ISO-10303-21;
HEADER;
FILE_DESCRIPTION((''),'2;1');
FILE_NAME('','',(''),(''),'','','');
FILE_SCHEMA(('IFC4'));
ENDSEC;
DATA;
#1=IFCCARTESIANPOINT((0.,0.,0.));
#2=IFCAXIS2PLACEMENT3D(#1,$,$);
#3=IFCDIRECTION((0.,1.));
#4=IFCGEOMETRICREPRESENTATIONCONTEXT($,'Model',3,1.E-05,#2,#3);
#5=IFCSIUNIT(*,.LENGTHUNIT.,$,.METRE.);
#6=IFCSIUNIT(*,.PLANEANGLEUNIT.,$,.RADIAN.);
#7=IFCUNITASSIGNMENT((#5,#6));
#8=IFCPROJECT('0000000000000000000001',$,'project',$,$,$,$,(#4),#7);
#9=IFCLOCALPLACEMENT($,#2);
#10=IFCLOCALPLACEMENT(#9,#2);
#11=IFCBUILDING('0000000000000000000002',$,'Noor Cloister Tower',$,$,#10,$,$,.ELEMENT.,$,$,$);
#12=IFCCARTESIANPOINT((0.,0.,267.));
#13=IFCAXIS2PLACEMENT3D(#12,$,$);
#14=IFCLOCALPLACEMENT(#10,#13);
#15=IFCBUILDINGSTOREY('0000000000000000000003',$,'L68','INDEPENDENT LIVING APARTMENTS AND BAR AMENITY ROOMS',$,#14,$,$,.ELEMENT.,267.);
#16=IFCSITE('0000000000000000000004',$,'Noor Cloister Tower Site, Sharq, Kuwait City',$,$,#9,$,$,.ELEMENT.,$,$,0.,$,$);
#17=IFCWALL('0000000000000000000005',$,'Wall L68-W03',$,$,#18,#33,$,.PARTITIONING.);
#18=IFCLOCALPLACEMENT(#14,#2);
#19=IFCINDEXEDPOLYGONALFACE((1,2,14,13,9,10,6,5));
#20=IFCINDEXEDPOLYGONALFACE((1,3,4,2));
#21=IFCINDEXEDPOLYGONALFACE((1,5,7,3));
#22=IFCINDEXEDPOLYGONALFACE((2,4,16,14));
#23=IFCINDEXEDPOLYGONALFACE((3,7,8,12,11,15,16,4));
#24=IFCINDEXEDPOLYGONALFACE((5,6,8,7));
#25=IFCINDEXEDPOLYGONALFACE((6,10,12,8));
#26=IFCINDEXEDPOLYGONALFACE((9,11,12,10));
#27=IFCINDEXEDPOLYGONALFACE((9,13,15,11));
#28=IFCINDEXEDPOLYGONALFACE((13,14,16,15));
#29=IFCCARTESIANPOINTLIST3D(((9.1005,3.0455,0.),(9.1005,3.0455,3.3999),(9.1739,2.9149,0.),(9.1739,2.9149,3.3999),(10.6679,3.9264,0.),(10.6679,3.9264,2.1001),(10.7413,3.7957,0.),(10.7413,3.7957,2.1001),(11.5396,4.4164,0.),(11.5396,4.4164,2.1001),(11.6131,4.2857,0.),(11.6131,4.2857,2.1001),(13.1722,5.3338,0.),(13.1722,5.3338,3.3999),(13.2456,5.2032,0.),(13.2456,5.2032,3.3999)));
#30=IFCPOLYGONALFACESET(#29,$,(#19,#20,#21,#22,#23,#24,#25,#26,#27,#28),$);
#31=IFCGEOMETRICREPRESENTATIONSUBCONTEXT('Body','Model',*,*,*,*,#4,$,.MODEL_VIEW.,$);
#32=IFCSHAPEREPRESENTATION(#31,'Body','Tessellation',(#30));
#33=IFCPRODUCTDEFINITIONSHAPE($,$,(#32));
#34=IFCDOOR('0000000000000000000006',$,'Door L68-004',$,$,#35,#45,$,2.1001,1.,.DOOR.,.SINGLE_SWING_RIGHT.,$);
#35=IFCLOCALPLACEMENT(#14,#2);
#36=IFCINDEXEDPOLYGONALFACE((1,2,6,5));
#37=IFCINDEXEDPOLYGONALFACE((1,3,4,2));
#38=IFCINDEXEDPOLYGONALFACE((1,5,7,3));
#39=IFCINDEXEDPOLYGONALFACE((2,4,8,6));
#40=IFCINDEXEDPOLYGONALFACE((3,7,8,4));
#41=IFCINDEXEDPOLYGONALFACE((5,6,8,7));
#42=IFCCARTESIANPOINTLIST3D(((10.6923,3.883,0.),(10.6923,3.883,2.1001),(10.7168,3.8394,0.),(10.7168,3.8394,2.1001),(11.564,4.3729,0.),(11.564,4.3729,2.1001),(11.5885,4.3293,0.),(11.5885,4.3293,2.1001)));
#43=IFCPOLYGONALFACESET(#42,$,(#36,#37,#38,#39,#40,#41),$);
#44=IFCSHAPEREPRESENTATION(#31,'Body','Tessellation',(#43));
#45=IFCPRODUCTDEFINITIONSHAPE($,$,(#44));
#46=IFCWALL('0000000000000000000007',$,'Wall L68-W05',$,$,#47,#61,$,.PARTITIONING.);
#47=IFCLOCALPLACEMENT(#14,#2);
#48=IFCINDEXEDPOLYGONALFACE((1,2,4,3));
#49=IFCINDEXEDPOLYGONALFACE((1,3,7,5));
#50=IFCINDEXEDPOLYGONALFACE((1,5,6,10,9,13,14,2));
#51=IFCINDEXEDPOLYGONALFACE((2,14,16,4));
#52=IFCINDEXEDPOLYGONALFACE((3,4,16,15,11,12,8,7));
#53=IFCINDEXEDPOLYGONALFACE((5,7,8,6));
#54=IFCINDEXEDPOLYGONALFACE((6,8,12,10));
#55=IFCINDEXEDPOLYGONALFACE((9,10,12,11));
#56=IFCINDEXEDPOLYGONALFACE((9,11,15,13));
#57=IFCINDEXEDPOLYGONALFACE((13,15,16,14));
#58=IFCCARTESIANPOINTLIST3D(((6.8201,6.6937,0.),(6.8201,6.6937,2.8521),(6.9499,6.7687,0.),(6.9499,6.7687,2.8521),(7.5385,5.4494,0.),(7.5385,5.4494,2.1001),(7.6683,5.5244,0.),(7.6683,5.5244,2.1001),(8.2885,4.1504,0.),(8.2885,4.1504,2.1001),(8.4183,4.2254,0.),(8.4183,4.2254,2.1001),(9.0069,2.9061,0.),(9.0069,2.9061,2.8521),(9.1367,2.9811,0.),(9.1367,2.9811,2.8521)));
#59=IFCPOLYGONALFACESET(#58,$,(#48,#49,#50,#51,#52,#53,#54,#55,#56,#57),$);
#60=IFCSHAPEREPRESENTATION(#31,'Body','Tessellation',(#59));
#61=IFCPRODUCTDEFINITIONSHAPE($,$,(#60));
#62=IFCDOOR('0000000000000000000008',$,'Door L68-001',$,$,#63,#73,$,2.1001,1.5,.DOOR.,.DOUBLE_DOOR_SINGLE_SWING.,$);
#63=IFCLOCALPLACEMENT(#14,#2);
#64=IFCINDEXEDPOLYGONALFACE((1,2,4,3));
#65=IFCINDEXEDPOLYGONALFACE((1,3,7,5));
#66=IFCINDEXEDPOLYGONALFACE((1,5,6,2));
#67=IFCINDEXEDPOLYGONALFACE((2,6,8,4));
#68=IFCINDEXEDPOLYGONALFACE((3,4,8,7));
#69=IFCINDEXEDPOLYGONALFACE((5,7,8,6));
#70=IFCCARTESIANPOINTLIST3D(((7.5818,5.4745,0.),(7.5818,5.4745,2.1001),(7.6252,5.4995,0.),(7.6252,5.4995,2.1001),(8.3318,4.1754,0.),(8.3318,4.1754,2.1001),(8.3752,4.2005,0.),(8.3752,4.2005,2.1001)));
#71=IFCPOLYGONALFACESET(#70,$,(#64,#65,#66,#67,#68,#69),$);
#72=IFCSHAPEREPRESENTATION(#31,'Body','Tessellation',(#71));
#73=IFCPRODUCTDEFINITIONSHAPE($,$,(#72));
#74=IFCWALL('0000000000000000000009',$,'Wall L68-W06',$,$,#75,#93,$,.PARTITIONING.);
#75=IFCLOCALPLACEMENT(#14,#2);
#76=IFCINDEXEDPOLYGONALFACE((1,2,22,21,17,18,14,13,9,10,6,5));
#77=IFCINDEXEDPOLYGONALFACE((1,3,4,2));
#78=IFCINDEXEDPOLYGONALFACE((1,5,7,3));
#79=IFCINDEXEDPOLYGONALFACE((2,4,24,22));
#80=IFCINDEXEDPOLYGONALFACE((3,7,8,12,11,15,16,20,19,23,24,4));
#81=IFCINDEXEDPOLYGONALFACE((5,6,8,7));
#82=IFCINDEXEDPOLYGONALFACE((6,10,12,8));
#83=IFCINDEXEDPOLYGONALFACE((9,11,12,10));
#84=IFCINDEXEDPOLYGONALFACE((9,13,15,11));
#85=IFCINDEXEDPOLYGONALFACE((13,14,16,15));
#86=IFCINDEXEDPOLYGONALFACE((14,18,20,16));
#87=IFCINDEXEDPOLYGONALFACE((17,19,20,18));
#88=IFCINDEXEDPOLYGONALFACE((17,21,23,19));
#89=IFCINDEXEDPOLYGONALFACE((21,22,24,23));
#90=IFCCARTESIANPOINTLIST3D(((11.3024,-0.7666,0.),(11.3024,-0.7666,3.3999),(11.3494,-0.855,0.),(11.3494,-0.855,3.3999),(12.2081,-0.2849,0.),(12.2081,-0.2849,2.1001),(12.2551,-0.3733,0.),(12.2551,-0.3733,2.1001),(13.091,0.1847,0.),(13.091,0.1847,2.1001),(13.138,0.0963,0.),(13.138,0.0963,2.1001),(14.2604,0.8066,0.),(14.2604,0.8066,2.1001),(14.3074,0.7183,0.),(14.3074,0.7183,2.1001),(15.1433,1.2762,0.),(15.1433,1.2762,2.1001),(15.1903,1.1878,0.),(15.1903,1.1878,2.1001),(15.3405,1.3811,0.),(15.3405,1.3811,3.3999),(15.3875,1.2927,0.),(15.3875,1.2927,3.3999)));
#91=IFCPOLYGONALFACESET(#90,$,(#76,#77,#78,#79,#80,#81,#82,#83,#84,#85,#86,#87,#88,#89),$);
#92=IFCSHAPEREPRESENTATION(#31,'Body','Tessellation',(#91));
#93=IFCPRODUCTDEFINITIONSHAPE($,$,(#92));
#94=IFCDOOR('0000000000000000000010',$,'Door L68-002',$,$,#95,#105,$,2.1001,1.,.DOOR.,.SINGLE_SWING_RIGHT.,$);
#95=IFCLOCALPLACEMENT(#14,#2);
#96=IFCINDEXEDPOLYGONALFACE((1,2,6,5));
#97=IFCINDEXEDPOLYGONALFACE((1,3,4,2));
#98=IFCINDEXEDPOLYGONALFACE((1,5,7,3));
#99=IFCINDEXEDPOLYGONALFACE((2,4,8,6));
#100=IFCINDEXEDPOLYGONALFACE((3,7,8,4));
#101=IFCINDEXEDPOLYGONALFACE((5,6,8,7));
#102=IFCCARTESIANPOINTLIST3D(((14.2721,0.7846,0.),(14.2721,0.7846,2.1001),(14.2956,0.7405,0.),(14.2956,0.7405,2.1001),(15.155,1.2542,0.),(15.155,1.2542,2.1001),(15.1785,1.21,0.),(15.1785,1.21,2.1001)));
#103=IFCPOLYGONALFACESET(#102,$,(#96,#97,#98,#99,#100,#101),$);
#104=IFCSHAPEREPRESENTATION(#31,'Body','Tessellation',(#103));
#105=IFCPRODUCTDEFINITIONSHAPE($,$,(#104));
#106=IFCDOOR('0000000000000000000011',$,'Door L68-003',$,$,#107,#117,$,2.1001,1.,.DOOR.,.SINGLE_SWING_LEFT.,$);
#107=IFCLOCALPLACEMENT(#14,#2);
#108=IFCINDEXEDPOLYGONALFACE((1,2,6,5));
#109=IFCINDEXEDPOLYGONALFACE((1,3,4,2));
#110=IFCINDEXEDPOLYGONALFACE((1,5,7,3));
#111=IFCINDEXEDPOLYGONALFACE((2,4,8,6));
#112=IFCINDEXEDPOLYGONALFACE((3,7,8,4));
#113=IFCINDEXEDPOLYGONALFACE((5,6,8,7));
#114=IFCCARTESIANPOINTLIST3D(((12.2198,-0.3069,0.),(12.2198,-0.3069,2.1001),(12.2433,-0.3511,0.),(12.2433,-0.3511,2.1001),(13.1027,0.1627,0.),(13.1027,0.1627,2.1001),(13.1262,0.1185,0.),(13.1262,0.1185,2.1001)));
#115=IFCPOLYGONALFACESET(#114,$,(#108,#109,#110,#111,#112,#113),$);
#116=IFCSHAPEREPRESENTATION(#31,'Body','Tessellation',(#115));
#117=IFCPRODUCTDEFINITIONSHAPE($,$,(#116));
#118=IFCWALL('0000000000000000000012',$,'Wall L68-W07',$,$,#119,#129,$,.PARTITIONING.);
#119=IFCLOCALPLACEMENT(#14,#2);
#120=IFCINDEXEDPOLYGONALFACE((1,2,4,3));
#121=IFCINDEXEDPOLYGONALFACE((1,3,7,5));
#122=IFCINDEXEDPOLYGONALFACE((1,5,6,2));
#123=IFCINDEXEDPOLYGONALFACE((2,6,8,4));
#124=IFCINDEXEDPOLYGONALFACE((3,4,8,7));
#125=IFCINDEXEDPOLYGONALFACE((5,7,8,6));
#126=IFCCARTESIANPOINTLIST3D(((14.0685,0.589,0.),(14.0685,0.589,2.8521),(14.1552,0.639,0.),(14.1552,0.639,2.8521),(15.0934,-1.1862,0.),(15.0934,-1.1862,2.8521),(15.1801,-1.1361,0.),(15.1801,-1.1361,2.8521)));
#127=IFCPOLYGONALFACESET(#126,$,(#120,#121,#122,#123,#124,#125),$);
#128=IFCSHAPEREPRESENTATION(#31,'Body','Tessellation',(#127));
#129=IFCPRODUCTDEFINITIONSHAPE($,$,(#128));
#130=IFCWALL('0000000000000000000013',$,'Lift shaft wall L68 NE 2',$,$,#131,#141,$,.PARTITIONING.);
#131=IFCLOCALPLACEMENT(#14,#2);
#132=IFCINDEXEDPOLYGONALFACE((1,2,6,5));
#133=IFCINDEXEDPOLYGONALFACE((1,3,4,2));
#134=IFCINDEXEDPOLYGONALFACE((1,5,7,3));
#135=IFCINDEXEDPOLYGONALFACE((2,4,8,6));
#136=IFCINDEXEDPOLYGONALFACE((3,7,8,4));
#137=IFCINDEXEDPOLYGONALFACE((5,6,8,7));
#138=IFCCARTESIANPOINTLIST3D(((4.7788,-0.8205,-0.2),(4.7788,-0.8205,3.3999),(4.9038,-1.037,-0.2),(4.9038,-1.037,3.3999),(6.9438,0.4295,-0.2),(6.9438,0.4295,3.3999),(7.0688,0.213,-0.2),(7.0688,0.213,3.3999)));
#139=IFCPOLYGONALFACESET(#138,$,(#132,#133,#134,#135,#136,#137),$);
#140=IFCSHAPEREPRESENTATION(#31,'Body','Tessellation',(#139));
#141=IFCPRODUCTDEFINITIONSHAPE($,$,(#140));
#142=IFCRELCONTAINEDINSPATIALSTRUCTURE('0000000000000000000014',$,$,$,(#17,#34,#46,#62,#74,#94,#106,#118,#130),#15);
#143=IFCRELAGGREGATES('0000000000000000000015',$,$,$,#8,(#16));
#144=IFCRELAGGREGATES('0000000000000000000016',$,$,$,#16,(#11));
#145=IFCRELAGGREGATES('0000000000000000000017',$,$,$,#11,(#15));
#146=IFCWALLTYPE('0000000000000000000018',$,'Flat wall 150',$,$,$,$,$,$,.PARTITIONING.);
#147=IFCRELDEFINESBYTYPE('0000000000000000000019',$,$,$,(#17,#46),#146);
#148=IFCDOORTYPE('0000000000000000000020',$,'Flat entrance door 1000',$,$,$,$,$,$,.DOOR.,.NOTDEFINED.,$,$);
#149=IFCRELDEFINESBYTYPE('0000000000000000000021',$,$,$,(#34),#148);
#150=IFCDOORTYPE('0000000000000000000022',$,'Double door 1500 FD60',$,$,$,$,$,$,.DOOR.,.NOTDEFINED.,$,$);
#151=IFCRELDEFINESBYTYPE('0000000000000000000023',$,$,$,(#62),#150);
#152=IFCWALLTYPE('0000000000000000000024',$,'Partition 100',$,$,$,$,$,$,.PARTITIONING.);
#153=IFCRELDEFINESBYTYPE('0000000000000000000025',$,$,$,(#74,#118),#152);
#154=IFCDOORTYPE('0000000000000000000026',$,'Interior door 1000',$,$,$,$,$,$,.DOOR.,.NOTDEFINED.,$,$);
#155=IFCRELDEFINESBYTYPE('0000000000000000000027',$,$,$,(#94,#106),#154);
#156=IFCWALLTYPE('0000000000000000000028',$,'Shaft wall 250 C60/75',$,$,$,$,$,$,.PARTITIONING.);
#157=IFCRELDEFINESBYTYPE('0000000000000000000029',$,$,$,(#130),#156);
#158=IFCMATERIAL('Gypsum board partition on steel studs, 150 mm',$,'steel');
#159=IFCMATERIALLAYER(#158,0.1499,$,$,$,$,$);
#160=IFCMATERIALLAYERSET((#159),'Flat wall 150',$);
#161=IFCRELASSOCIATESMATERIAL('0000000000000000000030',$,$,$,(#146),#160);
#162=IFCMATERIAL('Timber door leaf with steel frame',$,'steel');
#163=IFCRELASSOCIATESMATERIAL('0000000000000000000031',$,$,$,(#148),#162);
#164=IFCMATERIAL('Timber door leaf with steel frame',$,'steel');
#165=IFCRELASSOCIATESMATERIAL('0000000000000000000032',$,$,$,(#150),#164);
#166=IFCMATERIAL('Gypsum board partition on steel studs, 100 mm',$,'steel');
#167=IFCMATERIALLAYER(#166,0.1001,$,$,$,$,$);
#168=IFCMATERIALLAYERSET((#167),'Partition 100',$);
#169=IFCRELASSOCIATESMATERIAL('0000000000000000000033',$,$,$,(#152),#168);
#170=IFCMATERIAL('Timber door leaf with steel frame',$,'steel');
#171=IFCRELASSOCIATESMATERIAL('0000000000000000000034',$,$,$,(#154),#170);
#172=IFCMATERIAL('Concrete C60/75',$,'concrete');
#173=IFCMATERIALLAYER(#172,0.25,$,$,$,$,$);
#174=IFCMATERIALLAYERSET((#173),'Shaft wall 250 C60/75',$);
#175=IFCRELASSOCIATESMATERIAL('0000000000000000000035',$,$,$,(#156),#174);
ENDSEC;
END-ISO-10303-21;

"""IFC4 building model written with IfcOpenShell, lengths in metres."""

from ifc_helpers import new_model, si_unit, direction, frame, frame_2d, origin, place, context, subcontext, project, spatial, rectangle, extrude, material, layer, layer_set, type_object, element, fill, save


model = new_model("IFC4")

# Units and contexts
model_context = context("Model", 3, precision=1e-05, world=origin(), true_north=direction((0.0, 1.0)))
body_context = subcontext(model_context, "Body", "Model", "MODEL_VIEW")
ifc_project = project(units=[si_unit("LENGTHUNIT", "METRE"), si_unit("PLANEANGLEUNIT", "RADIAN")], contexts=[model_context])

# Site, building, storey
site_placement = place(None, origin())
site = spatial("IfcSite", under=ifc_project, at=site_placement, Name="Noor Cloister Tower Site, Sharq, Kuwait City", CompositionType="ELEMENT", RefElevation=0.0)
building_placement = place(site_placement, origin())
building = spatial("IfcBuilding", under=site, at=building_placement, Name="Noor Cloister Tower", CompositionType="ELEMENT")
storey_placement = place(building_placement, frame((0.0, 0.0, 267.0)))
storey = spatial("IfcBuildingStorey", under=building, at=storey_placement, Name="L68", Description="INDEPENDENT LIVING APARTMENTS AND BAR AMENITY ROOMS", CompositionType="ELEMENT", Elevation=267.0)

# Shared definitions
ifc_material_1 = material(Name="Gypsum board partition on steel studs, 150 mm", Category="steel")
ifc_layer_1 = layer(ifc_material_1, 0.1499)
ifc_layer_set_1 = layer_set([ifc_layer_1], Name="Flat wall 150")
wall_type_1 = type_object("IfcWallType", Name="Flat wall 150", PredefinedType="PARTITIONING", material=ifc_layer_set_1)

# Walls, openings, doors
wall_1_placement = place(storey_placement, frame((13.209, 5.2686, 0.0), z_axis=(0.0, 0.0, 1.0), x_axis=(-0.871763, -0.489929, 0.0)))
wall_1 = element("IfcWall", 1, at=wall_1_placement, inside=storey, type_object=wall_type_1, Name="Wall L68-W03", PredefinedType="PARTITIONING", context=body_context, shape_type="SweptSolid", body=[
    extrude(rectangle(XDim=4.6707, YDim=0.1499, at=frame_2d((2.3354, 0.0))), origin(), (0.0, 0.0, 1.0), 3.3999),
])
opening_1_placement = place(wall_1_placement, frame((1.8728, 0.0, 0.0)))
opening_1 = element("IfcOpeningElement", 2, at=opening_1_placement, cuts=wall_1, PredefinedType="OPENING", context=body_context, shape_type="SweptSolid", body=[
    extrude(rectangle(XDim=1.0, YDim=2.1001, at=frame_2d((0.5, 1.05))), frame((0.0, 0.085, 0.0), z_axis=(0.0, -1.0, 0.0), x_axis=(1.0, 0.0, 0.0)), (0.0, 0.0, 1.0), 0.1699),
])
ifc_material_2 = material(Name="Timber door leaf with steel frame", Category="steel")
door_type_1 = type_object("IfcDoorType", Name="Flat entrance door 1000", OperationType="NOTDEFINED", PredefinedType="DOOR", material=ifc_material_2)
door_1_placement = place(opening_1_placement, origin())
door_1 = element("IfcDoor", 3, at=door_1_placement, inside=storey, type_object=door_type_1, Name="Door L68-004", OperationType="SINGLE_SWING_RIGHT", OverallHeight=2.1001, OverallWidth=1.0, PredefinedType="DOOR", context=body_context, shape_type="SweptSolid", body=[
    extrude(rectangle(XDim=1.0, YDim=2.1001, at=frame_2d((0.5, 1.05))), frame((0.0, 0.0249, 0.0), z_axis=(0.0, -1.0, 0.0), x_axis=(1.0, 0.0, 0.0)), (0.0, 0.0, 1.0), 0.05),
])
fill(opening_1, door_1)
wall_2_placement = place(storey_placement, frame((9.0718, 2.9436, 0.0), z_axis=(0.0, 0.0, 1.0), x_axis=(-0.499999, 0.866026, 0.0)))
wall_2 = element("IfcWall", 4, at=wall_2_placement, inside=storey, type_object=wall_type_1, Name="Wall L68-W05", PredefinedType="PARTITIONING", context=body_context, shape_type="SweptSolid", body=[
    extrude(rectangle(XDim=4.3735, YDim=0.1499, at=frame_2d((2.1868, 0.0))), origin(), (0.0, 0.0, 1.0), 2.8521),
])
opening_2_placement = place(wall_2_placement, frame((1.4368, 0.0, 0.0)))
opening_2 = element("IfcOpeningElement", 5, at=opening_2_placement, cuts=wall_2, PredefinedType="OPENING", context=body_context, shape_type="SweptSolid", body=[
    extrude(rectangle(XDim=1.5, YDim=2.1001, at=frame_2d((0.75, 1.05))), frame((0.0, 0.085, 0.0), z_axis=(0.0, -1.0, 0.0), x_axis=(1.0, 0.0, 0.0)), (0.0, 0.0, 1.0), 0.1699),
])
ifc_material_3 = material(Name="Timber door leaf with steel frame", Category="steel")
door_type_2 = type_object("IfcDoorType", Name="Double door 1500 FD60", OperationType="NOTDEFINED", PredefinedType="DOOR", material=ifc_material_3)
door_2_placement = place(opening_2_placement, origin())
door_2 = element("IfcDoor", 6, at=door_2_placement, inside=storey, type_object=door_type_2, Name="Door L68-001", OperationType="DOUBLE_DOOR_SINGLE_SWING", OverallHeight=2.1001, OverallWidth=1.5, PredefinedType="DOOR", context=body_context, shape_type="SweptSolid", body=[
    extrude(rectangle(XDim=1.5, YDim=2.1001, at=frame_2d((0.75, 1.05))), frame((0.0, 0.0249, 0.0), z_axis=(0.0, -1.0, 0.0), x_axis=(1.0, 0.0, 0.0)), (0.0, 0.0, 1.0), 0.05),
])
fill(opening_2, door_2)

# Wall, openings, doors
ifc_material_4 = material(Name="Gypsum board partition on steel studs, 100 mm", Category="steel")
ifc_layer_2 = layer(ifc_material_4, 0.1001)
ifc_layer_set_2 = layer_set([ifc_layer_2], Name="Partition 100")
wall_type_2 = type_object("IfcWallType", Name="Partition 100", PredefinedType="PARTITIONING", material=ifc_layer_set_2)
wall_3_placement = place(storey_placement, frame((15.364, 1.3369, 0.0), z_axis=(0.0, 0.0, 1.0), x_axis=(-0.882892, -0.469577, 0.0)))
wall_3 = element("IfcWall", 7, at=wall_3_placement, inside=storey, type_object=wall_type_2, Name="Wall L68-W06", PredefinedType="PARTITIONING", context=body_context, shape_type="SweptSolid", body=[
    extrude(rectangle(XDim=4.5737, YDim=0.1001, at=frame_2d((2.2869, 0.0))), origin(), (0.0, 0.0, 1.0), 3.3999),
])
opening_3_placement = place(wall_3_placement, frame((0.2234, 0.0, 0.0)))
opening_3 = element("IfcOpeningElement", 8, at=opening_3_placement, cuts=wall_3, PredefinedType="OPENING", context=body_context, shape_type="SweptSolid", body=[
    extrude(rectangle(XDim=1.0, YDim=2.1001, at=frame_2d((0.5, 1.05))), frame((0.0, 0.0601, 0.0), z_axis=(0.0, -1.0, 0.0), x_axis=(1.0, 0.0, 0.0)), (0.0, 0.0, 1.0), 0.1201),
])
opening_4_placement = place(wall_3_placement, frame((2.5479, 0.0, 0.0)))
opening_4 = element("IfcOpeningElement", 9, at=opening_4_placement, cuts=wall_3, PredefinedType="OPENING", context=body_context, shape_type="SweptSolid", body=[
    extrude(rectangle(XDim=1.0, YDim=2.1001, at=frame_2d((0.5, 1.05))), frame((0.0, 0.0601, 0.0), z_axis=(0.0, -1.0, 0.0), x_axis=(1.0, 0.0, 0.0)), (0.0, 0.0, 1.0), 0.1201),
])
ifc_material_5 = material(Name="Timber door leaf with steel frame", Category="steel")
door_type_3 = type_object("IfcDoorType", Name="Interior door 1000", OperationType="NOTDEFINED", PredefinedType="DOOR", material=ifc_material_5)
door_3_placement = place(opening_3_placement, origin())
door_3 = element("IfcDoor", 10, at=door_3_placement, inside=storey, type_object=door_type_3, Name="Door L68-002", OperationType="SINGLE_SWING_RIGHT", OverallHeight=2.1001, OverallWidth=1.0, PredefinedType="DOOR", context=body_context, shape_type="SweptSolid", body=[
    extrude(rectangle(XDim=1.0, YDim=2.1001, at=frame_2d((0.5, 1.05))), frame((0.0, 0.0249, 0.0), z_axis=(0.0, -1.0, 0.0), x_axis=(1.0, 0.0, 0.0)), (0.0, 0.0, 1.0), 0.05),
])
fill(opening_3, door_3)
door_4_placement = place(opening_4_placement, origin())
door_4 = element("IfcDoor", 11, at=door_4_placement, inside=storey, type_object=door_type_3, Name="Door L68-003", OperationType="SINGLE_SWING_LEFT", OverallHeight=2.1001, OverallWidth=1.0, PredefinedType="DOOR", context=body_context, shape_type="SweptSolid", body=[
    extrude(rectangle(XDim=1.0, YDim=2.1001, at=frame_2d((0.5, 1.05))), frame((0.0, 0.0249, 0.0), z_axis=(0.0, -1.0, 0.0), x_axis=(1.0, 0.0, 0.0)), (0.0, 0.0, 1.0), 0.05),
])
fill(opening_4, door_4)

# Walls
wall_4_placement = place(storey_placement, frame((14.1118, 0.614, 0.0), z_axis=(0.0, 0.0, 1.0), x_axis=(0.500008, -0.866021, 0.0)))
element("IfcWall", 12, at=wall_4_placement, inside=storey, type_object=wall_type_2, Name="Wall L68-W07", PredefinedType="PARTITIONING", context=body_context, shape_type="SweptSolid", body=[
    extrude(rectangle(XDim=2.0498, YDim=0.1001, at=frame_2d((1.0249, 0.0))), origin(), (0.0, 0.0, 1.0), 2.8521),
])
ifc_material_6 = material(Name="Concrete C60/75", Category="concrete")
ifc_layer_3 = layer(ifc_material_6, 0.25)
ifc_layer_set_3 = layer_set([ifc_layer_3], Name="Shaft wall 250 C60/75")
wall_type_3 = type_object("IfcWallType", Name="Shaft wall 250 C60/75", PredefinedType="PARTITIONING", material=ifc_layer_set_3)
wall_5_placement = place(storey_placement, frame((7.0063, 0.3213, -0.2), z_axis=(0.0, 0.0, 1.0), x_axis=(-0.866023, -0.500004, 0.0)))
element("IfcWall", 13, at=wall_5_placement, inside=storey, type_object=wall_type_3, Name="Lift shaft wall L68 NE 2", PredefinedType="PARTITIONING", context=body_context, shape_type="SweptSolid", body=[
    extrude(rectangle(XDim=2.5, YDim=0.25, at=frame_2d((1.25, 0.0))), origin(), (0.0, 0.0, 1.0), 3.5999),
])

save(model, "model.ifc")
